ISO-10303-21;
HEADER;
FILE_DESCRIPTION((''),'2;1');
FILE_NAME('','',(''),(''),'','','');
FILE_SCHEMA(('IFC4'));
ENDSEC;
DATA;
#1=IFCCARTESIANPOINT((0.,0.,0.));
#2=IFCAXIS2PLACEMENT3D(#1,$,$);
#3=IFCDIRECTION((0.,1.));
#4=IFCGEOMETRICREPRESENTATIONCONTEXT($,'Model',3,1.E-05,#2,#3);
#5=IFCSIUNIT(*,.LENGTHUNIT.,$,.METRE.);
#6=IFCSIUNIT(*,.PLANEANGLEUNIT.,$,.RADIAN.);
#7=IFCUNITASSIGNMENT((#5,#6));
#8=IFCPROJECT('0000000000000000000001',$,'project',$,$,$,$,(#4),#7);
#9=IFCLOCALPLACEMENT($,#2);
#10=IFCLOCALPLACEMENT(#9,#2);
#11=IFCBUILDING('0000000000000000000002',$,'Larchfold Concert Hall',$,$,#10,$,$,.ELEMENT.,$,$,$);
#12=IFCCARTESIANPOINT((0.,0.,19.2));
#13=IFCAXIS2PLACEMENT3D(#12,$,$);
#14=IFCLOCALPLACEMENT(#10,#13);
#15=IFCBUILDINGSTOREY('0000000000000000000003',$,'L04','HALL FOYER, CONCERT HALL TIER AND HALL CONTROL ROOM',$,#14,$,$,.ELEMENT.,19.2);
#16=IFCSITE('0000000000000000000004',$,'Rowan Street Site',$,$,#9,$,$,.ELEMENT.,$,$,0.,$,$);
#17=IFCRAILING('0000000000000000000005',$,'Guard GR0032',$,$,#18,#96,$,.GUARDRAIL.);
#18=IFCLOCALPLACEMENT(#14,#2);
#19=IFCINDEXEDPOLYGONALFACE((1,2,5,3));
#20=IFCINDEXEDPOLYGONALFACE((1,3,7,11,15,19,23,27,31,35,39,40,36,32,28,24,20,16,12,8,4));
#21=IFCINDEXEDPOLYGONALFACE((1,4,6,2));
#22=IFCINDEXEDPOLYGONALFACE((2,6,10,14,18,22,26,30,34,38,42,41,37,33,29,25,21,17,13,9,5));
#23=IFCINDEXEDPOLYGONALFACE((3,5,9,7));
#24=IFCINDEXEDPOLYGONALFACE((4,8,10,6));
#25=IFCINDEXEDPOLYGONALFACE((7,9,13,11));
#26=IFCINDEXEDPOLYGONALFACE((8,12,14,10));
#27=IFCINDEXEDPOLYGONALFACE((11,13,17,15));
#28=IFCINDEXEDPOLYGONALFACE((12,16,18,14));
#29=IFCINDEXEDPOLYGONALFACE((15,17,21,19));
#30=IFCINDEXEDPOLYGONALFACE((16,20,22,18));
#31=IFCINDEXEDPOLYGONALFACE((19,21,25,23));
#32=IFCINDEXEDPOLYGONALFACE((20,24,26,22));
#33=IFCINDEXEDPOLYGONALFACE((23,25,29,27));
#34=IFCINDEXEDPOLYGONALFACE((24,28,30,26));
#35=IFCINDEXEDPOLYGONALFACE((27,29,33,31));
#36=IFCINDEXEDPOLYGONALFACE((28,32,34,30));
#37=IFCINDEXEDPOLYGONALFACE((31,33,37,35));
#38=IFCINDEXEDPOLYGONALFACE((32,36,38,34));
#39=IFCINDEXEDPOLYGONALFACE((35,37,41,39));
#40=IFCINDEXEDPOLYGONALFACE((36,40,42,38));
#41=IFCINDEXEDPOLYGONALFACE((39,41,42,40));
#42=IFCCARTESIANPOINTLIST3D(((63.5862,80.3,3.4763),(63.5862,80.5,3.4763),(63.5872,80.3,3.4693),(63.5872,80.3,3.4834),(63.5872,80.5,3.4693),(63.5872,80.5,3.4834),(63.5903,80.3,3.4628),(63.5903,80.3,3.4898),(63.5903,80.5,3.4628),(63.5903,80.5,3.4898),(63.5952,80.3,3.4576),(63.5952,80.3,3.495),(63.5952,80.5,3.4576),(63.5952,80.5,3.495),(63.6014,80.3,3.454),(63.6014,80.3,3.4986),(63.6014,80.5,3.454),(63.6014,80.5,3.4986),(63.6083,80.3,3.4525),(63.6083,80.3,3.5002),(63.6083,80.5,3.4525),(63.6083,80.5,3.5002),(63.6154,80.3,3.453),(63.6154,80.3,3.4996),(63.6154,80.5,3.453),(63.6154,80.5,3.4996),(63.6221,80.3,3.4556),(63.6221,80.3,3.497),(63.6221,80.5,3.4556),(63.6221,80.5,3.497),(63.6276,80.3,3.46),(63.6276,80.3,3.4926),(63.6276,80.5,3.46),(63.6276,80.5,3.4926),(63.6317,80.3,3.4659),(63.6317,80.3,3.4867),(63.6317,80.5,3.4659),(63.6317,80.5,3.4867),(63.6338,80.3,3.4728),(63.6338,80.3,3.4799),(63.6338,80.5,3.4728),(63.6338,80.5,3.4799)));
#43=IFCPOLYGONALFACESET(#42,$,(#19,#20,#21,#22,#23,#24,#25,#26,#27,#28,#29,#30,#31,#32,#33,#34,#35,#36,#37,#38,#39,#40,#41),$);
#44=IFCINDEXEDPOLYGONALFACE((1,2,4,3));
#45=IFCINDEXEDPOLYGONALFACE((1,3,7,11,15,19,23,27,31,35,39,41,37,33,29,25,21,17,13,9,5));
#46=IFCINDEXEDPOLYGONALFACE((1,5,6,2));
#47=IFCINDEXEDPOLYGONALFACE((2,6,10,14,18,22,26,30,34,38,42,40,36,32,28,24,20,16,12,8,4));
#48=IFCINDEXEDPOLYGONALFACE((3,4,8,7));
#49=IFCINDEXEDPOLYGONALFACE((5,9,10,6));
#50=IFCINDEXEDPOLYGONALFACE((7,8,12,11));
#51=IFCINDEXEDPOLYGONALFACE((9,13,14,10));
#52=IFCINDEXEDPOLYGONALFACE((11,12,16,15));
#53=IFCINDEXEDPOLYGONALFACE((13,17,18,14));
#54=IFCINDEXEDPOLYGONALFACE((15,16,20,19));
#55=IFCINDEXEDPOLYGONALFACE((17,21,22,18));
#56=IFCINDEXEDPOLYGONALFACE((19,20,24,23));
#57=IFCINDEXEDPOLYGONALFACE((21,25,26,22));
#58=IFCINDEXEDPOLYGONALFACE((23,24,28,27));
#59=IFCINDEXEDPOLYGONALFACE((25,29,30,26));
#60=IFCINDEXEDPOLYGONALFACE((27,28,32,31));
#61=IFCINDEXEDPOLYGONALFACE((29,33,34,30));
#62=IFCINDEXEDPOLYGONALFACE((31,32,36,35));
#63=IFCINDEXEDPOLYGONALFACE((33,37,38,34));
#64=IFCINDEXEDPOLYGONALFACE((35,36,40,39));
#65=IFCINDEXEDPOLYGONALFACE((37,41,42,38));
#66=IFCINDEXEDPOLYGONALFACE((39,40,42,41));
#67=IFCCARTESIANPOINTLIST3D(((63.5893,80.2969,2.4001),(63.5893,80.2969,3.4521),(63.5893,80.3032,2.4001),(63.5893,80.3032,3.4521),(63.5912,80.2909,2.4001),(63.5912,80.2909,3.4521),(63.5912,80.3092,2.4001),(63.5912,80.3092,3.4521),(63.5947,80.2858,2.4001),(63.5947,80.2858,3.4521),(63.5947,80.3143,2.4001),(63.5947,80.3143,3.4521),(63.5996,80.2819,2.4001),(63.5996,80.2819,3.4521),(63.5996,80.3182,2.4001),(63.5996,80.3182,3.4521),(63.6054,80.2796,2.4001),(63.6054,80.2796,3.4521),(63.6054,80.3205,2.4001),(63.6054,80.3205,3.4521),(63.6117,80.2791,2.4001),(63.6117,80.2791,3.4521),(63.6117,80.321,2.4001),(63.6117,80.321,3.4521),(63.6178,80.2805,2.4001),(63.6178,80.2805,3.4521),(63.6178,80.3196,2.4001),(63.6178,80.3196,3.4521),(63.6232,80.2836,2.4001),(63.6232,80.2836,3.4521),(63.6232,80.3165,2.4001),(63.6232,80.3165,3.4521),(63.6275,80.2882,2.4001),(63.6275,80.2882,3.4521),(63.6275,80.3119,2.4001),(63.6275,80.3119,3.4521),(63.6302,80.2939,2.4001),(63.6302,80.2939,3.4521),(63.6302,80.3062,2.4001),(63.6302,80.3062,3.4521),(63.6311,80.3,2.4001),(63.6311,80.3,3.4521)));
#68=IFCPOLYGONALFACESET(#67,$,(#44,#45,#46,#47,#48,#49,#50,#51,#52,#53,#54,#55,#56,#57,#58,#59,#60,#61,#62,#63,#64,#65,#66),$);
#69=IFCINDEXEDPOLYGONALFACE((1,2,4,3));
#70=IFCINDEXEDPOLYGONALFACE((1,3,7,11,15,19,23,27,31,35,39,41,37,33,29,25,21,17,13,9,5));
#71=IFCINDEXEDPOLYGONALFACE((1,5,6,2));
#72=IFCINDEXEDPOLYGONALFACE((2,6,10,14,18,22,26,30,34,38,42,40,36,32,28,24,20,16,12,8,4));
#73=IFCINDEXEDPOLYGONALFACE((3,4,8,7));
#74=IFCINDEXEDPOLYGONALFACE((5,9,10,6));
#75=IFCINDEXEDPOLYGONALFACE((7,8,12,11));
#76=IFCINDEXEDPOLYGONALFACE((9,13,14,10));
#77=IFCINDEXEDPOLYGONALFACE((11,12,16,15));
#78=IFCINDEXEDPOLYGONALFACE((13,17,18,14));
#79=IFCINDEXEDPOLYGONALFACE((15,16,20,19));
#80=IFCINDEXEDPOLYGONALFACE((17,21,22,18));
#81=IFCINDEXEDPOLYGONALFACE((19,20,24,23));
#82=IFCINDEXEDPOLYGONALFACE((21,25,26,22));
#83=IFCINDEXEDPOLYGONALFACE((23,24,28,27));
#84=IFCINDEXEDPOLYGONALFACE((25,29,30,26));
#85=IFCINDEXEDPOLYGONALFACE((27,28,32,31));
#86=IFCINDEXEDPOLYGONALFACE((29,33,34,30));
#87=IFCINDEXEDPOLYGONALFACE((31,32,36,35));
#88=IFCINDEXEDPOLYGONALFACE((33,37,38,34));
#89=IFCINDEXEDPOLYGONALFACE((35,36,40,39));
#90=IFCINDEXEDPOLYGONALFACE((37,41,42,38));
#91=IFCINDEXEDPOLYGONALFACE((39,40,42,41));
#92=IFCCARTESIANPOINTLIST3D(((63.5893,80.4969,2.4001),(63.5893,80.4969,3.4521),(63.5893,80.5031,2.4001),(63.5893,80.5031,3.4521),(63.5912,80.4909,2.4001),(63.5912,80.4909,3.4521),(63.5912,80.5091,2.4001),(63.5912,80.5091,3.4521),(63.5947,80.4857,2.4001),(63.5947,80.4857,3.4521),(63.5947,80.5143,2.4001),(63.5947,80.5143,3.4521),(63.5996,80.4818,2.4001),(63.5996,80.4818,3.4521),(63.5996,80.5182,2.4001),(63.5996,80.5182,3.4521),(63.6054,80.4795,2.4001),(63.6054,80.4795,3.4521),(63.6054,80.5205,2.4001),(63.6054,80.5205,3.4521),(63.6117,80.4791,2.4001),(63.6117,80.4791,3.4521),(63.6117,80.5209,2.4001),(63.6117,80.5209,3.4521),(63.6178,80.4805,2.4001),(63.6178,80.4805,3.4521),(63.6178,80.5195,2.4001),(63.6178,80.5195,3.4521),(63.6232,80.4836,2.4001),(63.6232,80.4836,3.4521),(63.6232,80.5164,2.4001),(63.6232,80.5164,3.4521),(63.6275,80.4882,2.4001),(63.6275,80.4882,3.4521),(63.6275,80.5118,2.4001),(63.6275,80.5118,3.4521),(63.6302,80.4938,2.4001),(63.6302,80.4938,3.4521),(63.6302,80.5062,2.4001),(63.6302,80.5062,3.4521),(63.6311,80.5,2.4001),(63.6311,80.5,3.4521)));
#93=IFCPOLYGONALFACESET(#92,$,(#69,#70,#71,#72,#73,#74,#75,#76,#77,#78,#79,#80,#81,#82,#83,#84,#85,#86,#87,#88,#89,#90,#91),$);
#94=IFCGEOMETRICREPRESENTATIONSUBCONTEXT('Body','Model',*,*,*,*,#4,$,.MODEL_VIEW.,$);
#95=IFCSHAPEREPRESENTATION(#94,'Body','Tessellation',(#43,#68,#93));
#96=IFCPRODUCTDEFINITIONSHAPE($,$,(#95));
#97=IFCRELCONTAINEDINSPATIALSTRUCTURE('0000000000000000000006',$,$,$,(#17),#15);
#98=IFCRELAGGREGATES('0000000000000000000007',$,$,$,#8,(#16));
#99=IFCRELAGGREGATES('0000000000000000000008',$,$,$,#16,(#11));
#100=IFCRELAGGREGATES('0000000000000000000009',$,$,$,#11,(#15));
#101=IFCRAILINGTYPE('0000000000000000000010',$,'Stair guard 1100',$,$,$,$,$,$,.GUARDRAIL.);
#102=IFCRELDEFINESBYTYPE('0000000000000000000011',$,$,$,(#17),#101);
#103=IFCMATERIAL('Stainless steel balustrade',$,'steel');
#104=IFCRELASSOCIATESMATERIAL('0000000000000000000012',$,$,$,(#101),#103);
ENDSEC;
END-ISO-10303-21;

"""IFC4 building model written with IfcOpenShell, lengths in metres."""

from ifc_helpers import new_model, si_unit, direction, frame, origin, origin_2d, place, context, subcontext, project, spatial, circle, extrude, material, type_object, element, save


model = new_model("IFC4")

# Units and contexts
model_context = context("Model", 3, precision=1e-05, world=origin(), true_north=direction((0.0, 1.0)))
body_context = subcontext(model_context, "Body", "Model", "MODEL_VIEW")
ifc_project = project(units=[si_unit("LENGTHUNIT", "METRE"), si_unit("PLANEANGLEUNIT", "RADIAN")], contexts=[model_context])

# Site, building, storey
site_placement = place(None, origin())
site = spatial("IfcSite", under=ifc_project, at=site_placement, Name="Rowan Street Site", CompositionType="ELEMENT", RefElevation=0.0)
building_placement = place(site_placement, origin())
building = spatial("IfcBuilding", under=site, at=building_placement, Name="Larchfold Concert Hall", CompositionType="ELEMENT")
storey_placement = place(building_placement, frame((0.0, 0.0, 19.2)))
storey = spatial("IfcBuildingStorey", under=building, at=storey_placement, Name="L04", Description="HALL FOYER, CONCERT HALL TIER AND HALL CONTROL ROOM", CompositionType="ELEMENT", Elevation=19.2)

# Railing
ifc_material_1 = material(Name="Stainless steel balustrade", Category="steel")
railing_type = type_object("IfcRailingType", Name="Stair guard 1100", PredefinedType="GUARDRAIL", material=ifc_material_1)
railing_placement = place(storey_placement, frame((63.6101, 80.3, 2.4001)))
element("IfcRailing", 1, at=railing_placement, inside=storey, type_object=railing_type, Name="Guard GR0032", PredefinedType="GUARDRAIL", context=body_context, shape_type="SweptSolid", body=[
    extrude(circle(Radius=0.0239, at=origin_2d()), frame((0.0, 0.0, 1.0762), z_axis=(0.0, 1.0, 0.0), x_axis=(-1.0, 0.0, 0.0)), (0.0, 0.0, 1.0), 0.2),
    extrude(circle(Radius=0.021, at=origin_2d()), origin(), (0.0, 0.0, 1.0), 1.052),
    extrude(circle(Radius=0.021, at=origin_2d()), frame((0.0, 0.2, 0.0)), (0.0, 0.0, 1.0), 1.052),
])

save(model, "model.ifc")
